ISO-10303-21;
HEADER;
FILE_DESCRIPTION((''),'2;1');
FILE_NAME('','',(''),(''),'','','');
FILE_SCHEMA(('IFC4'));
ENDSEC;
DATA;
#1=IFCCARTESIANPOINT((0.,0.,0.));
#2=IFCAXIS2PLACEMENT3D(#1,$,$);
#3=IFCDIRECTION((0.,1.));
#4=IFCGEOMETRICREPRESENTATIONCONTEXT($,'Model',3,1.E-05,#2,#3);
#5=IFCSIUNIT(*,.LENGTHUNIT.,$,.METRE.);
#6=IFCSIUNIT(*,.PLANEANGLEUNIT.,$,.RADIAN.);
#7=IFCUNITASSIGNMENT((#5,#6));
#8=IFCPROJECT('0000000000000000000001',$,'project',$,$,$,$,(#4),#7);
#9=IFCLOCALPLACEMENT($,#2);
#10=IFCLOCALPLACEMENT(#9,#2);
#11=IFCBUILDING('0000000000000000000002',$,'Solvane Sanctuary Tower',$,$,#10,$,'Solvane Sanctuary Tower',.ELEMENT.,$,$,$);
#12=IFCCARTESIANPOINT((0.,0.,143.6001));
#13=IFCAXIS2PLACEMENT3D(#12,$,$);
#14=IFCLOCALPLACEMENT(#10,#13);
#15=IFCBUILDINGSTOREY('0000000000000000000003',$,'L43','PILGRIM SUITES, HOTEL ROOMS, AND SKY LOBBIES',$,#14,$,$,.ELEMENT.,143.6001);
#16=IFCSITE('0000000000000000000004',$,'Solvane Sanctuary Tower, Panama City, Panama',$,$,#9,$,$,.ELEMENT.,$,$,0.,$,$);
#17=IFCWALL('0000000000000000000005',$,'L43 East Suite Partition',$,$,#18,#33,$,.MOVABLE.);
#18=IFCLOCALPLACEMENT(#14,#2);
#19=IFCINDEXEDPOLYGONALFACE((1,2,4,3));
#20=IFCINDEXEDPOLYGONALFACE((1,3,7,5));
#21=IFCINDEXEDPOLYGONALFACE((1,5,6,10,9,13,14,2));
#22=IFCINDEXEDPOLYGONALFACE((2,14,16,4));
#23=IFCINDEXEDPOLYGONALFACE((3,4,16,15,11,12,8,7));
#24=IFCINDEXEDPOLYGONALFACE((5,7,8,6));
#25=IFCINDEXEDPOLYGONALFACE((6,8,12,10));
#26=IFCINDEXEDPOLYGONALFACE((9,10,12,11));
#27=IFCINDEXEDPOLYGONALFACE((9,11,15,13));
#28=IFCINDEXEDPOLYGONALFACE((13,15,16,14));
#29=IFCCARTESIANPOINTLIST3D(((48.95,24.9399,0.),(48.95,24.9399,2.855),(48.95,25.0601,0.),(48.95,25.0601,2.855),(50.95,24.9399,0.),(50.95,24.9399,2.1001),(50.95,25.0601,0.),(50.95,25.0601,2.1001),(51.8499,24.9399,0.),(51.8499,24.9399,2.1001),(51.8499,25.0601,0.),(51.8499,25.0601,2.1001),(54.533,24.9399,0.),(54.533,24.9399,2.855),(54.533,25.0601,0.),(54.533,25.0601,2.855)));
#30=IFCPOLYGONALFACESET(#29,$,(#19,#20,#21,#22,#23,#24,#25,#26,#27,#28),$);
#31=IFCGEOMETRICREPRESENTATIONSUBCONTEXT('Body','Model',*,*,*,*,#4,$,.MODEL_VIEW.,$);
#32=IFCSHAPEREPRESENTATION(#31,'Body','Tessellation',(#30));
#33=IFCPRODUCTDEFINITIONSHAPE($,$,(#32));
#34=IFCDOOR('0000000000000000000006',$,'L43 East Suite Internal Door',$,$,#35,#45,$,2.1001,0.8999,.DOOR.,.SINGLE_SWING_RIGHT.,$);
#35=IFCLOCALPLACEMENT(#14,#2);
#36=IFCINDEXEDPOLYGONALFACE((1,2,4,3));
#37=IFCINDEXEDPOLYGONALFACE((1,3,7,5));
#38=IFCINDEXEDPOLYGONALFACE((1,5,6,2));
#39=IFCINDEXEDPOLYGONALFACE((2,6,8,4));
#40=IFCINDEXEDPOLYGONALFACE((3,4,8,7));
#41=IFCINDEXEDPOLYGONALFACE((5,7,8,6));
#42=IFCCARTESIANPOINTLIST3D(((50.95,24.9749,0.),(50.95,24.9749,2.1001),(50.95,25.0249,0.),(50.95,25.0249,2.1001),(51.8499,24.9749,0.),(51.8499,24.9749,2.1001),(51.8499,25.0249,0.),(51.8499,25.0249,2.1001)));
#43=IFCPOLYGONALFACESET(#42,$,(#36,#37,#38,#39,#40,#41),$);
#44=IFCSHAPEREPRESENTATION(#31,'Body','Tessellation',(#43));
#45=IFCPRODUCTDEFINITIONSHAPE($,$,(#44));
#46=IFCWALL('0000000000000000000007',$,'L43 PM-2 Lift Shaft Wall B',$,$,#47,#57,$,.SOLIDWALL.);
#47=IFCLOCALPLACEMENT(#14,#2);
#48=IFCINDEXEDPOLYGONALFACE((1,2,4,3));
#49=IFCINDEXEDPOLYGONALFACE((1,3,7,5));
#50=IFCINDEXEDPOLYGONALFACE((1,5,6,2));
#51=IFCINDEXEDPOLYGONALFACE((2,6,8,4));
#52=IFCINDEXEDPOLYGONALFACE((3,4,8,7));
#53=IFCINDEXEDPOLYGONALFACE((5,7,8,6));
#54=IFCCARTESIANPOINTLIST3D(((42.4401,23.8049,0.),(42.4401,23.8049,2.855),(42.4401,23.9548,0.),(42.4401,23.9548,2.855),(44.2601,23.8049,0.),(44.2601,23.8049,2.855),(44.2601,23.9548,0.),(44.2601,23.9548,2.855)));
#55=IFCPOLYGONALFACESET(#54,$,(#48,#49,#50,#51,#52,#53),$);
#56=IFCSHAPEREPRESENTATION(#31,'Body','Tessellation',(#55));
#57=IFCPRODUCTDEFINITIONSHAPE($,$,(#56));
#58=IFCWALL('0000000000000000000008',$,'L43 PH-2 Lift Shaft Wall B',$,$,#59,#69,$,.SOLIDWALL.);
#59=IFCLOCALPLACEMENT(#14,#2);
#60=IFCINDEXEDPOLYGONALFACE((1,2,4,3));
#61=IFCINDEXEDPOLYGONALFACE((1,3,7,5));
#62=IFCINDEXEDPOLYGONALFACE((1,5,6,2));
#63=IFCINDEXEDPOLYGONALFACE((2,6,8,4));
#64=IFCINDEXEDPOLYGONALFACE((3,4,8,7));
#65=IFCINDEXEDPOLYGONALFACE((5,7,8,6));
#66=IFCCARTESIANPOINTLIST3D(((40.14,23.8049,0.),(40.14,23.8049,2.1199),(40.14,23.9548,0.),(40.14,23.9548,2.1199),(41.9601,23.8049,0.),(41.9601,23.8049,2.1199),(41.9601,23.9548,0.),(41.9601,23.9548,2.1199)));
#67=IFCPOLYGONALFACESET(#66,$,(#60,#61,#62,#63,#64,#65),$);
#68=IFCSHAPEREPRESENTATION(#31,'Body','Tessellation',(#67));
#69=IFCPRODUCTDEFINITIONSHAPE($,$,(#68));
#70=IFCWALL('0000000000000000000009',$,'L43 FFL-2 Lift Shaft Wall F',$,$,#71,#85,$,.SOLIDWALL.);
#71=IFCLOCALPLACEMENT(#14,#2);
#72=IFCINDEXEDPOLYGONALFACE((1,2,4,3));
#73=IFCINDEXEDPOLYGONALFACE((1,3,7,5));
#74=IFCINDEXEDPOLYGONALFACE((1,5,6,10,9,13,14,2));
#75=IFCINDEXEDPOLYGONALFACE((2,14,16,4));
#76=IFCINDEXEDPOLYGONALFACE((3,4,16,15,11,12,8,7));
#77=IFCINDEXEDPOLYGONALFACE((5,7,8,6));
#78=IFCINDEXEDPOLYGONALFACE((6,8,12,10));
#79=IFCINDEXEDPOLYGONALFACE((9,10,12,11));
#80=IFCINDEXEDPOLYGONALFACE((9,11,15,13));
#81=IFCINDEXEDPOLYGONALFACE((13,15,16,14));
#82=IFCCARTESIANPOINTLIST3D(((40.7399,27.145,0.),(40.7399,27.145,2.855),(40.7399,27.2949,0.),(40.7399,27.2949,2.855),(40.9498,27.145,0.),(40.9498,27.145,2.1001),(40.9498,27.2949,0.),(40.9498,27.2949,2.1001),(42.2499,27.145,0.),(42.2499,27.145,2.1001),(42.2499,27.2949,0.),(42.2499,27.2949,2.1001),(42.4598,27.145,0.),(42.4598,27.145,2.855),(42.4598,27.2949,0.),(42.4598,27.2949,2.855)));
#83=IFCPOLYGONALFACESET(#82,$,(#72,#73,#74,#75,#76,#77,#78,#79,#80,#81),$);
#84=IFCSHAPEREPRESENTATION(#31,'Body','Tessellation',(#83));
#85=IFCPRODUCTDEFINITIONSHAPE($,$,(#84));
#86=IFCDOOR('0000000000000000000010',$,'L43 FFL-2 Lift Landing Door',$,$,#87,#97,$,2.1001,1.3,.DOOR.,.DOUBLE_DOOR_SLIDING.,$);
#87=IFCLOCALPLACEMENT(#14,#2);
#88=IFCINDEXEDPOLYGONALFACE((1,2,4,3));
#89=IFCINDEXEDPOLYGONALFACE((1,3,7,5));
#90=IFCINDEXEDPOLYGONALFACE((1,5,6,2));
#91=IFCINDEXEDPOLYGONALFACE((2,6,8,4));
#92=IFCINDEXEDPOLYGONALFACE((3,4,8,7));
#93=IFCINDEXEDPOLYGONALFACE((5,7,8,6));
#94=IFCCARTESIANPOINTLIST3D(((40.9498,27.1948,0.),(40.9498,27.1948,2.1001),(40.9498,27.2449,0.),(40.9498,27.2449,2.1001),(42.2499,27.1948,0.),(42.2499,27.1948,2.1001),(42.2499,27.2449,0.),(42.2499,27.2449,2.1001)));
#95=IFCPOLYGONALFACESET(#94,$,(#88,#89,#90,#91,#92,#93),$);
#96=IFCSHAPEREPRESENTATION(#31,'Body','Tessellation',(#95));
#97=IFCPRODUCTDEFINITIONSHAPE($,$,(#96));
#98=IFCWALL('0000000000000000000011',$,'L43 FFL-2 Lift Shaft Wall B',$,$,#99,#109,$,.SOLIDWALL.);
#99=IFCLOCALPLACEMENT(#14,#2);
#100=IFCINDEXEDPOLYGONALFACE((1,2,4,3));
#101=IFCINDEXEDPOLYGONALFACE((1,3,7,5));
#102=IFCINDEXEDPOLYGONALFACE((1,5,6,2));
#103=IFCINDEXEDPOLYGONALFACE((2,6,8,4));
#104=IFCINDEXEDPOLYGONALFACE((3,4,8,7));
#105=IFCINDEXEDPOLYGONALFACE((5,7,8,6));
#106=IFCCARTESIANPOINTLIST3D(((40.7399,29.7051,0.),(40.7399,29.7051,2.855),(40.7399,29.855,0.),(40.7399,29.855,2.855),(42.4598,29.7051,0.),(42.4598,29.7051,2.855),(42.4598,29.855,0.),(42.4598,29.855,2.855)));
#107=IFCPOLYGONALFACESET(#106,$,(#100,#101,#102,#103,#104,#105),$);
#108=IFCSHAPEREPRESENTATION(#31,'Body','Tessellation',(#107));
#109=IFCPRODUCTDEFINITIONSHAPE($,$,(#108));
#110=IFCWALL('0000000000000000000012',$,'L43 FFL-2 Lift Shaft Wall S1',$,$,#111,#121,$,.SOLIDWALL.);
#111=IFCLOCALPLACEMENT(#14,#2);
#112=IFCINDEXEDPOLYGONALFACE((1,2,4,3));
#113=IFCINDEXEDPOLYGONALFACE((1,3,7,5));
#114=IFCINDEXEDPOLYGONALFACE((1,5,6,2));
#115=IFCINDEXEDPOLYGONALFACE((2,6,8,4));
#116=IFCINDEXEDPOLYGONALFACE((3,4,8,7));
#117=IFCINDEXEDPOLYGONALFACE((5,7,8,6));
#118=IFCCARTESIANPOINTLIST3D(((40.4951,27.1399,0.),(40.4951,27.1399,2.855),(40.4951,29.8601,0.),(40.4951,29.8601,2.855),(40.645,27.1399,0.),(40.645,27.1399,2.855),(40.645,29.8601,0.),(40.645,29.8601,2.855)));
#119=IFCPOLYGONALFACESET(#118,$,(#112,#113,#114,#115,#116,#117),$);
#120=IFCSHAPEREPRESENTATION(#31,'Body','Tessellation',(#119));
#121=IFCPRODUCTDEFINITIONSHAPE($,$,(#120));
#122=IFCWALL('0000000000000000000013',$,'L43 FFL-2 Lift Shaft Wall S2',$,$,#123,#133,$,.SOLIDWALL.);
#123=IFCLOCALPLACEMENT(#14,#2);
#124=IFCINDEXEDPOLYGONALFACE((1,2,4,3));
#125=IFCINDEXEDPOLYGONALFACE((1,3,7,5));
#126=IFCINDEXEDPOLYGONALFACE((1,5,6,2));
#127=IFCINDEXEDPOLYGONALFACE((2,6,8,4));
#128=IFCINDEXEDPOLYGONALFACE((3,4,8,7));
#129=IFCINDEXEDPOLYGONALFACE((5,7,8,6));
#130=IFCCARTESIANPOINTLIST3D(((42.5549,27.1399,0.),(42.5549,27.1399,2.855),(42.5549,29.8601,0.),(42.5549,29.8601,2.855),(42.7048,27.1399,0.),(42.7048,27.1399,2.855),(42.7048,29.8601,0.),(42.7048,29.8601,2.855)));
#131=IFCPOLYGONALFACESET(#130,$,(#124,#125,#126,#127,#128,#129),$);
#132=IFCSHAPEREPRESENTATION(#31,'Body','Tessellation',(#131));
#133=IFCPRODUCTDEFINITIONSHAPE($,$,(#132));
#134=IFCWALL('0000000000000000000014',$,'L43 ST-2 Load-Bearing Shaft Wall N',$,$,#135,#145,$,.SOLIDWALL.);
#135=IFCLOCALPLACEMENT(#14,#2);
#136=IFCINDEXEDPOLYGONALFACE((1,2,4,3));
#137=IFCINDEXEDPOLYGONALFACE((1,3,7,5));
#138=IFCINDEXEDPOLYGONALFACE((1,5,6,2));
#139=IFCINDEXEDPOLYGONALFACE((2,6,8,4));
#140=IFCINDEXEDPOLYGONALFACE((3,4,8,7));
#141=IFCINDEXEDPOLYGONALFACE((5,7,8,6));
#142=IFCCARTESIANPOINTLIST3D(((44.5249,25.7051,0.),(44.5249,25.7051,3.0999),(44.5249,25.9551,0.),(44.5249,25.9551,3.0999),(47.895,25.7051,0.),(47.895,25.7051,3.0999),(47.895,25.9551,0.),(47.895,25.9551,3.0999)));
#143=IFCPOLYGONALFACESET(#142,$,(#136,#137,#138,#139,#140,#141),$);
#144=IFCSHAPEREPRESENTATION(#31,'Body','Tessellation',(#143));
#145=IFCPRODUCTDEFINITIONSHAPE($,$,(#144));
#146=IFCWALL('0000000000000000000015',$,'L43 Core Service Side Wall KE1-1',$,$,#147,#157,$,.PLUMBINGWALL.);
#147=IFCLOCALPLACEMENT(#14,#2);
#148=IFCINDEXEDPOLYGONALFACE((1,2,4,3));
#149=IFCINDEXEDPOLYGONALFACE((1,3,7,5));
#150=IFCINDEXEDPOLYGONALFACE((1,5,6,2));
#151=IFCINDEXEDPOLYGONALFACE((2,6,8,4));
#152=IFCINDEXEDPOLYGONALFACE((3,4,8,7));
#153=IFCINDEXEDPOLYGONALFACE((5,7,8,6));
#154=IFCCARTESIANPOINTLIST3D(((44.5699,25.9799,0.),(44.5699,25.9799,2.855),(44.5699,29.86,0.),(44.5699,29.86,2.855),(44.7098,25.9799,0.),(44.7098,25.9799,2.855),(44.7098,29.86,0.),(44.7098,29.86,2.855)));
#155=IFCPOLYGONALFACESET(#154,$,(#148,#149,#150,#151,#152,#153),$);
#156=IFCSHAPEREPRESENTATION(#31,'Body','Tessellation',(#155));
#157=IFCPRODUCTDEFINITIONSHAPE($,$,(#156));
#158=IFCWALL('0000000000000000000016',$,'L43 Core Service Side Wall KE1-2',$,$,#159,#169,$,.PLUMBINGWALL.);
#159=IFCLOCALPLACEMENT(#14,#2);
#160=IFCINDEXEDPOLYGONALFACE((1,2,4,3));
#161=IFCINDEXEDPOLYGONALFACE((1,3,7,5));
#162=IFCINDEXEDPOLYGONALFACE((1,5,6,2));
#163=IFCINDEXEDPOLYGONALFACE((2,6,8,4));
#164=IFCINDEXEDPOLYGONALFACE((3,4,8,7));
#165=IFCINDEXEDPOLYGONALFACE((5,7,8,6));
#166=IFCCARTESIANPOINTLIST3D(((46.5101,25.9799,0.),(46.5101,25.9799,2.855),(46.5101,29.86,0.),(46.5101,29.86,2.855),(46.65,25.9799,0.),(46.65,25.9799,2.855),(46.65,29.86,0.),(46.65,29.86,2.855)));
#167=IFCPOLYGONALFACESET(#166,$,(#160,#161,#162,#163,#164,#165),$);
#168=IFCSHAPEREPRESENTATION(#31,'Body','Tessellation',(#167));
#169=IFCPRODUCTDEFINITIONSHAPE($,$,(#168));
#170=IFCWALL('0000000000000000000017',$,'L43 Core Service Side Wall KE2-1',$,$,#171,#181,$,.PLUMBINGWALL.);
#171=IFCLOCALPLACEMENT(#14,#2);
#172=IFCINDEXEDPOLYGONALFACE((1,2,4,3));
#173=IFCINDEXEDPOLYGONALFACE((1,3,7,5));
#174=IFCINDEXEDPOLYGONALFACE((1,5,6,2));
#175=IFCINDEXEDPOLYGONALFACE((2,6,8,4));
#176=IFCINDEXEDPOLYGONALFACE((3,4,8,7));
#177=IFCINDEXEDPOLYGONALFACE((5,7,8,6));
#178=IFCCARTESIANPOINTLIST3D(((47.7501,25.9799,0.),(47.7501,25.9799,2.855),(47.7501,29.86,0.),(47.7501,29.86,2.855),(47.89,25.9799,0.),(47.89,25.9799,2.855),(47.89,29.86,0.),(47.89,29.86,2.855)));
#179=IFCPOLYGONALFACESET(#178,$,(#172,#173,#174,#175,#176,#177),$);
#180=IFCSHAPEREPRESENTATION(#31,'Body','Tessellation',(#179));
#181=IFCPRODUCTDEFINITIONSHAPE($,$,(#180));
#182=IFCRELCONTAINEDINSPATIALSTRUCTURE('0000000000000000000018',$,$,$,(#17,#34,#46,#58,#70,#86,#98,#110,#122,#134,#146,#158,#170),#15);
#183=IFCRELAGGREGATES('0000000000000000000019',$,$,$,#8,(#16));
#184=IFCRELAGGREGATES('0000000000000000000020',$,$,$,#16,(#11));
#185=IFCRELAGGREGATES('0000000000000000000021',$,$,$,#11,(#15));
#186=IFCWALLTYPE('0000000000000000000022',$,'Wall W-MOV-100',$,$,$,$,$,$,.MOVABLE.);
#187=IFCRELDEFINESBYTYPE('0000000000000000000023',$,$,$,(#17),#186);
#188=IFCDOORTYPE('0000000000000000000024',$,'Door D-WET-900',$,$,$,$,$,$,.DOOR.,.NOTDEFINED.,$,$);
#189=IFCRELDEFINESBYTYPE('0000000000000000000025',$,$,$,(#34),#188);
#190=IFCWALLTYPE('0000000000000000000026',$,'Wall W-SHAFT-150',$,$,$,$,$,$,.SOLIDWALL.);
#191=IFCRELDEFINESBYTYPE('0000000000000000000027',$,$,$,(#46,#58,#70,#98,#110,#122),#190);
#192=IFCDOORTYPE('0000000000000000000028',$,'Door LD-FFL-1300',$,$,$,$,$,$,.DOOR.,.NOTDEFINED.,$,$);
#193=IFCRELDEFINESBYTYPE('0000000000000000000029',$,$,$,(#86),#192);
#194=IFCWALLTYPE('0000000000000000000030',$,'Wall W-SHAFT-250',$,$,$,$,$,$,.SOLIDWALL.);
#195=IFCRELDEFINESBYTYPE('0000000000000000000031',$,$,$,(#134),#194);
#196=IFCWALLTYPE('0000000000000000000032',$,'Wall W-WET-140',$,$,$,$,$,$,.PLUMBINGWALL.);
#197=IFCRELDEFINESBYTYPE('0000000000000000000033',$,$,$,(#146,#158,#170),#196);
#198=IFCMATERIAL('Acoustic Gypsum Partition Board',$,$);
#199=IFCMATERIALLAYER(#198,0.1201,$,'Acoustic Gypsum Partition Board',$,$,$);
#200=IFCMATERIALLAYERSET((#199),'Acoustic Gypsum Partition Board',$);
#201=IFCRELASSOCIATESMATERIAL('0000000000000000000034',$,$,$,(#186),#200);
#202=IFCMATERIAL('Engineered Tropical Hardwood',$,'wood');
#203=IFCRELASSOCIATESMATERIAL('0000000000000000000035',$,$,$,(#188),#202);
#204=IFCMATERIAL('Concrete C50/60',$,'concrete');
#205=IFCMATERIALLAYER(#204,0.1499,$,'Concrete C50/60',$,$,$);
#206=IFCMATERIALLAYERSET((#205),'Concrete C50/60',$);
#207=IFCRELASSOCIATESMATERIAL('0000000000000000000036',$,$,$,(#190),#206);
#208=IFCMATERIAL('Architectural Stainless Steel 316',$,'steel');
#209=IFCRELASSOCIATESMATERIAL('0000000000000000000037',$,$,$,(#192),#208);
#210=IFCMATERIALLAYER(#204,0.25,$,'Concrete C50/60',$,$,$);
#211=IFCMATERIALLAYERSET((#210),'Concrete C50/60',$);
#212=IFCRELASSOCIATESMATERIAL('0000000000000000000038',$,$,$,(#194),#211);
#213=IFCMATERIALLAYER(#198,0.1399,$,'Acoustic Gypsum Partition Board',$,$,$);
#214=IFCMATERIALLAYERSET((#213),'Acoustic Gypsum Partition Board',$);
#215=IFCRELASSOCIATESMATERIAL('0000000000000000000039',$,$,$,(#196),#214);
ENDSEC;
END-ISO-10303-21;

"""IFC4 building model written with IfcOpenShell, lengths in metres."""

from ifc_helpers import new_model, si_unit, direction, frame, frame_2d, origin, place, context, subcontext, project, spatial, rectangle, extrude, material, layer, layer_set, type_object, element, fill, save


model = new_model("IFC4")

# Units and contexts
model_context = context("Model", 3, precision=1e-05, world=origin(), true_north=direction((0.0, 1.0)))
body_context = subcontext(model_context, "Body", "Model", "MODEL_VIEW")
ifc_project = project(units=[si_unit("LENGTHUNIT", "METRE"), si_unit("PLANEANGLEUNIT", "RADIAN")], contexts=[model_context])

# Site, building, storey
site_placement = place(None, origin())
site = spatial("IfcSite", under=ifc_project, at=site_placement, Name="Solvane Sanctuary Tower, Panama City, Panama", CompositionType="ELEMENT", RefElevation=0.0)
building_placement = place(site_placement, origin())
building = spatial("IfcBuilding", under=site, at=building_placement, Name="Solvane Sanctuary Tower", LongName="Solvane Sanctuary Tower", CompositionType="ELEMENT")
storey_placement = place(building_placement, frame((0.0, 0.0, 143.6001)))
storey = spatial("IfcBuildingStorey", under=building, at=storey_placement, Name="L43", Description="PILGRIM SUITES, HOTEL ROOMS, AND SKY LOBBIES", CompositionType="ELEMENT", Elevation=143.6001)

# Shared definitions
ifc_material_1 = material(Name="Acoustic Gypsum Partition Board")

# Shared definitions
ifc_material_2 = material(Name="Architectural Stainless Steel 316", Category="steel")

# Wall, opening, door
ifc_layer_1 = layer(ifc_material_1, 0.1201, Name="Acoustic Gypsum Partition Board")
ifc_layer_set_1 = layer_set([ifc_layer_1], Name="Acoustic Gypsum Partition Board")
wall_type_1 = type_object("IfcWallType", Name="Wall W-MOV-100", PredefinedType="MOVABLE", material=ifc_layer_set_1)
wall_1_placement = place(storey_placement, frame((48.95, 25.0, 0.0), z_axis=(0.0, 0.0, 1.0), x_axis=(1.0, 0.0, 0.0)))
wall_1 = element("IfcWall", 1, at=wall_1_placement, inside=storey, type_object=wall_type_1, Name="L43 East Suite Partition", PredefinedType="MOVABLE", context=body_context, shape_type="SweptSolid", body=[
    extrude(rectangle(XDim=5.583, YDim=0.1201, at=frame_2d((2.7915, 0.0))), origin(), (0.0, 0.0, 1.0), 2.855),
])
opening_1_placement = place(wall_1_placement, frame((2.0, 0.0, 0.0)))
opening_1 = element("IfcOpeningElement", 2, at=opening_1_placement, cuts=wall_1, PredefinedType="OPENING", context=body_context, shape_type="SweptSolid", body=[
    extrude(rectangle(XDim=0.8999, YDim=2.1001, at=frame_2d((0.45, 1.05))), frame((0.0, 0.0701, 0.0), z_axis=(0.0, -1.0, 0.0), x_axis=(1.0, 0.0, 0.0)), (0.0, 0.0, 1.0), 0.1401),
])
ifc_material_3 = material(Name="Engineered Tropical Hardwood", Category="wood")
door_type_1 = type_object("IfcDoorType", Name="Door D-WET-900", OperationType="NOTDEFINED", PredefinedType="DOOR", material=ifc_material_3)
door_1_placement = place(opening_1_placement, origin())
door_1 = element("IfcDoor", 3, at=door_1_placement, inside=storey, type_object=door_type_1, Name="L43 East Suite Internal Door", OperationType="SINGLE_SWING_RIGHT", OverallHeight=2.1001, OverallWidth=0.8999, PredefinedType="DOOR", context=body_context, shape_type="SweptSolid", body=[
    extrude(rectangle(XDim=0.8999, YDim=2.1001, at=frame_2d((0.45, 1.05))), frame((0.0, 0.0249, 0.0), z_axis=(0.0, -1.0, 0.0), x_axis=(1.0, 0.0, 0.0)), (0.0, 0.0, 1.0), 0.05),
])
fill(opening_1, door_1)

# Walls
ifc_material_4 = material(Name="Concrete C50/60", Category="concrete")
ifc_layer_2 = layer(ifc_material_4, 0.1499, Name="Concrete C50/60")
ifc_layer_set_2 = layer_set([ifc_layer_2], Name="Concrete C50/60")
wall_type_2 = type_object("IfcWallType", Name="Wall W-SHAFT-150", PredefinedType="SOLIDWALL", material=ifc_layer_set_2)
wall_2_placement = place(storey_placement, frame((42.4399, 23.8799, 0.0), z_axis=(0.0, 0.0, 1.0), x_axis=(1.0, 0.0, 0.0)))
element("IfcWall", 4, at=wall_2_placement, inside=storey, type_object=wall_type_2, Name="L43 PM-2 Lift Shaft Wall B", PredefinedType="SOLIDWALL", context=body_context, shape_type="SweptSolid", body=[
    extrude(rectangle(XDim=1.8201, YDim=0.1499, at=frame_2d((0.9102, 0.0))), origin(), (0.0, 0.0, 1.0), 2.855),
])
wall_3_placement = place(storey_placement, frame((40.1399, 23.8799, 0.0), z_axis=(0.0, 0.0, 1.0), x_axis=(1.0, 0.0, 0.0)))
element("IfcWall", 5, at=wall_3_placement, inside=storey, type_object=wall_type_2, Name="L43 PH-2 Lift Shaft Wall B", PredefinedType="SOLIDWALL", context=body_context, shape_type="SweptSolid", body=[
    extrude(rectangle(XDim=1.8201, YDim=0.1499, at=frame_2d((0.9102, 0.0))), origin(), (0.0, 0.0, 1.0), 2.1199),
])

# Wall, opening, door
wall_4_placement = place(storey_placement, frame((40.74, 27.22, 0.0), z_axis=(0.0, 0.0, 1.0), x_axis=(1.0, 0.0, 0.0)))
wall_4 = element("IfcWall", 6, at=wall_4_placement, inside=storey, type_object=wall_type_2, Name="L43 FFL-2 Lift Shaft Wall F", PredefinedType="SOLIDWALL", context=body_context, shape_type="SweptSolid", body=[
    extrude(rectangle(XDim=1.72, YDim=0.1499, at=frame_2d((0.8599, 0.0))), origin(), (0.0, 0.0, 1.0), 2.855),
])
opening_2_placement = place(wall_4_placement, frame((0.21, 0.0, 0.0)))
opening_2 = element("IfcOpeningElement", 7, at=opening_2_placement, cuts=wall_4, PredefinedType="OPENING", context=body_context, shape_type="SweptSolid", body=[
    extrude(rectangle(XDim=1.3, YDim=2.1001, at=frame_2d((0.6499, 1.05))), frame((0.0, 0.085, 0.0), z_axis=(0.0, -1.0, 0.0), x_axis=(1.0, 0.0, 0.0)), (0.0, 0.0, 1.0), 0.1699),
])
door_type_2 = type_object("IfcDoorType", Name="Door LD-FFL-1300", OperationType="NOTDEFINED", PredefinedType="DOOR", material=ifc_material_2)
door_2_placement = place(opening_2_placement, origin())
door_2 = element("IfcDoor", 8, at=door_2_placement, inside=storey, type_object=door_type_2, Name="L43 FFL-2 Lift Landing Door", OperationType="DOUBLE_DOOR_SLIDING", OverallHeight=2.1001, OverallWidth=1.3, PredefinedType="DOOR", context=body_context, shape_type="SweptSolid", body=[
    extrude(rectangle(XDim=1.3, YDim=2.1001, at=frame_2d((0.6499, 1.05))), frame((0.0, 0.0249, 0.0), z_axis=(0.0, -1.0, 0.0), x_axis=(1.0, 0.0, 0.0)), (0.0, 0.0, 1.0), 0.05),
])
fill(opening_2, door_2)

# Walls
wall_5_placement = place(storey_placement, frame((40.74, 29.78, 0.0), z_axis=(0.0, 0.0, 1.0), x_axis=(1.0, 0.0, 0.0)))
element("IfcWall", 9, at=wall_5_placement, inside=storey, type_object=wall_type_2, Name="L43 FFL-2 Lift Shaft Wall B", PredefinedType="SOLIDWALL", context=body_context, shape_type="SweptSolid", body=[
    extrude(rectangle(XDim=1.72, YDim=0.1499, at=frame_2d((0.8599, 0.0))), origin(), (0.0, 0.0, 1.0), 2.855),
])
for number, where, z_axis, x_axis, name in (
    (10, (40.5701, 27.1399, 0.0), (0.0, 0.0, 1.0), (0.0, 1.0, 0.0), "L43 FFL-2 Lift Shaft Wall S1"),
    (11, (42.6299, 27.1399, 0.0), (0.0, 0.0, 1.0), (0.0, 1.0, 0.0), "L43 FFL-2 Lift Shaft Wall S2"),
):
    element("IfcWall", number, at=place(storey_placement, frame(where, z_axis=z_axis, x_axis=x_axis)), inside=storey, type_object=wall_type_2, Name=name, PredefinedType="SOLIDWALL", context=body_context, shape_type="SweptSolid", body=[
        extrude(rectangle(XDim=2.7202, YDim=0.1499, at=frame_2d((1.3601, 0.0))), origin(), (0.0, 0.0, 1.0), 2.855),
    ])
ifc_layer_3 = layer(ifc_material_4, 0.25, Name="Concrete C50/60")
ifc_layer_set_3 = layer_set([ifc_layer_3], Name="Concrete C50/60")
wall_type_3 = type_object("IfcWallType", Name="Wall W-SHAFT-250", PredefinedType="SOLIDWALL", material=ifc_layer_set_3)
wall_6_placement = place(storey_placement, frame((44.5249, 25.8301, 0.0), z_axis=(0.0, 0.0, 1.0), x_axis=(1.0, 0.0, 0.0)))
element("IfcWall", 12, at=wall_6_placement, inside=storey, type_object=wall_type_3, Name="L43 ST-2 Load-Bearing Shaft Wall N", PredefinedType="SOLIDWALL", context=body_context, shape_type="SweptSolid", body=[
    extrude(rectangle(XDim=3.3701, YDim=0.25, at=frame_2d((1.6851, 0.0))), origin(), (0.0, 0.0, 1.0), 3.0999),
])
ifc_layer_4 = layer(ifc_material_1, 0.1399, Name="Acoustic Gypsum Partition Board")
ifc_layer_set_4 = layer_set([ifc_layer_4], Name="Acoustic Gypsum Partition Board")
wall_type_4 = type_object("IfcWallType", Name="Wall W-WET-140", PredefinedType="PLUMBINGWALL", material=ifc_layer_set_4)
for number, where, z_axis, x_axis, name in (
    (13, (44.6399, 25.98, 0.0), (0.0, 0.0, 1.0), (0.0, 1.0, 0.0), "L43 Core Service Side Wall KE1-1"),
    (14, (46.5801, 25.98, 0.0), (0.0, 0.0, 1.0), (0.0, 1.0, 0.0), "L43 Core Service Side Wall KE1-2"),
    (15, (47.8201, 25.98, 0.0), (0.0, 0.0, 1.0), (0.0, 1.0, 0.0), "L43 Core Service Side Wall KE2-1"),
):
    element("IfcWall", number, at=place(storey_placement, frame(where, z_axis=z_axis, x_axis=x_axis)), inside=storey, type_object=wall_type_4, Name=name, PredefinedType="PLUMBINGWALL", context=body_context, shape_type="SweptSolid", body=[
        extrude(rectangle(XDim=3.8801, YDim=0.1399, at=frame_2d((1.9399, 0.0))), origin(), (0.0, 0.0, 1.0), 2.855),
    ])

save(model, "model.ifc")
